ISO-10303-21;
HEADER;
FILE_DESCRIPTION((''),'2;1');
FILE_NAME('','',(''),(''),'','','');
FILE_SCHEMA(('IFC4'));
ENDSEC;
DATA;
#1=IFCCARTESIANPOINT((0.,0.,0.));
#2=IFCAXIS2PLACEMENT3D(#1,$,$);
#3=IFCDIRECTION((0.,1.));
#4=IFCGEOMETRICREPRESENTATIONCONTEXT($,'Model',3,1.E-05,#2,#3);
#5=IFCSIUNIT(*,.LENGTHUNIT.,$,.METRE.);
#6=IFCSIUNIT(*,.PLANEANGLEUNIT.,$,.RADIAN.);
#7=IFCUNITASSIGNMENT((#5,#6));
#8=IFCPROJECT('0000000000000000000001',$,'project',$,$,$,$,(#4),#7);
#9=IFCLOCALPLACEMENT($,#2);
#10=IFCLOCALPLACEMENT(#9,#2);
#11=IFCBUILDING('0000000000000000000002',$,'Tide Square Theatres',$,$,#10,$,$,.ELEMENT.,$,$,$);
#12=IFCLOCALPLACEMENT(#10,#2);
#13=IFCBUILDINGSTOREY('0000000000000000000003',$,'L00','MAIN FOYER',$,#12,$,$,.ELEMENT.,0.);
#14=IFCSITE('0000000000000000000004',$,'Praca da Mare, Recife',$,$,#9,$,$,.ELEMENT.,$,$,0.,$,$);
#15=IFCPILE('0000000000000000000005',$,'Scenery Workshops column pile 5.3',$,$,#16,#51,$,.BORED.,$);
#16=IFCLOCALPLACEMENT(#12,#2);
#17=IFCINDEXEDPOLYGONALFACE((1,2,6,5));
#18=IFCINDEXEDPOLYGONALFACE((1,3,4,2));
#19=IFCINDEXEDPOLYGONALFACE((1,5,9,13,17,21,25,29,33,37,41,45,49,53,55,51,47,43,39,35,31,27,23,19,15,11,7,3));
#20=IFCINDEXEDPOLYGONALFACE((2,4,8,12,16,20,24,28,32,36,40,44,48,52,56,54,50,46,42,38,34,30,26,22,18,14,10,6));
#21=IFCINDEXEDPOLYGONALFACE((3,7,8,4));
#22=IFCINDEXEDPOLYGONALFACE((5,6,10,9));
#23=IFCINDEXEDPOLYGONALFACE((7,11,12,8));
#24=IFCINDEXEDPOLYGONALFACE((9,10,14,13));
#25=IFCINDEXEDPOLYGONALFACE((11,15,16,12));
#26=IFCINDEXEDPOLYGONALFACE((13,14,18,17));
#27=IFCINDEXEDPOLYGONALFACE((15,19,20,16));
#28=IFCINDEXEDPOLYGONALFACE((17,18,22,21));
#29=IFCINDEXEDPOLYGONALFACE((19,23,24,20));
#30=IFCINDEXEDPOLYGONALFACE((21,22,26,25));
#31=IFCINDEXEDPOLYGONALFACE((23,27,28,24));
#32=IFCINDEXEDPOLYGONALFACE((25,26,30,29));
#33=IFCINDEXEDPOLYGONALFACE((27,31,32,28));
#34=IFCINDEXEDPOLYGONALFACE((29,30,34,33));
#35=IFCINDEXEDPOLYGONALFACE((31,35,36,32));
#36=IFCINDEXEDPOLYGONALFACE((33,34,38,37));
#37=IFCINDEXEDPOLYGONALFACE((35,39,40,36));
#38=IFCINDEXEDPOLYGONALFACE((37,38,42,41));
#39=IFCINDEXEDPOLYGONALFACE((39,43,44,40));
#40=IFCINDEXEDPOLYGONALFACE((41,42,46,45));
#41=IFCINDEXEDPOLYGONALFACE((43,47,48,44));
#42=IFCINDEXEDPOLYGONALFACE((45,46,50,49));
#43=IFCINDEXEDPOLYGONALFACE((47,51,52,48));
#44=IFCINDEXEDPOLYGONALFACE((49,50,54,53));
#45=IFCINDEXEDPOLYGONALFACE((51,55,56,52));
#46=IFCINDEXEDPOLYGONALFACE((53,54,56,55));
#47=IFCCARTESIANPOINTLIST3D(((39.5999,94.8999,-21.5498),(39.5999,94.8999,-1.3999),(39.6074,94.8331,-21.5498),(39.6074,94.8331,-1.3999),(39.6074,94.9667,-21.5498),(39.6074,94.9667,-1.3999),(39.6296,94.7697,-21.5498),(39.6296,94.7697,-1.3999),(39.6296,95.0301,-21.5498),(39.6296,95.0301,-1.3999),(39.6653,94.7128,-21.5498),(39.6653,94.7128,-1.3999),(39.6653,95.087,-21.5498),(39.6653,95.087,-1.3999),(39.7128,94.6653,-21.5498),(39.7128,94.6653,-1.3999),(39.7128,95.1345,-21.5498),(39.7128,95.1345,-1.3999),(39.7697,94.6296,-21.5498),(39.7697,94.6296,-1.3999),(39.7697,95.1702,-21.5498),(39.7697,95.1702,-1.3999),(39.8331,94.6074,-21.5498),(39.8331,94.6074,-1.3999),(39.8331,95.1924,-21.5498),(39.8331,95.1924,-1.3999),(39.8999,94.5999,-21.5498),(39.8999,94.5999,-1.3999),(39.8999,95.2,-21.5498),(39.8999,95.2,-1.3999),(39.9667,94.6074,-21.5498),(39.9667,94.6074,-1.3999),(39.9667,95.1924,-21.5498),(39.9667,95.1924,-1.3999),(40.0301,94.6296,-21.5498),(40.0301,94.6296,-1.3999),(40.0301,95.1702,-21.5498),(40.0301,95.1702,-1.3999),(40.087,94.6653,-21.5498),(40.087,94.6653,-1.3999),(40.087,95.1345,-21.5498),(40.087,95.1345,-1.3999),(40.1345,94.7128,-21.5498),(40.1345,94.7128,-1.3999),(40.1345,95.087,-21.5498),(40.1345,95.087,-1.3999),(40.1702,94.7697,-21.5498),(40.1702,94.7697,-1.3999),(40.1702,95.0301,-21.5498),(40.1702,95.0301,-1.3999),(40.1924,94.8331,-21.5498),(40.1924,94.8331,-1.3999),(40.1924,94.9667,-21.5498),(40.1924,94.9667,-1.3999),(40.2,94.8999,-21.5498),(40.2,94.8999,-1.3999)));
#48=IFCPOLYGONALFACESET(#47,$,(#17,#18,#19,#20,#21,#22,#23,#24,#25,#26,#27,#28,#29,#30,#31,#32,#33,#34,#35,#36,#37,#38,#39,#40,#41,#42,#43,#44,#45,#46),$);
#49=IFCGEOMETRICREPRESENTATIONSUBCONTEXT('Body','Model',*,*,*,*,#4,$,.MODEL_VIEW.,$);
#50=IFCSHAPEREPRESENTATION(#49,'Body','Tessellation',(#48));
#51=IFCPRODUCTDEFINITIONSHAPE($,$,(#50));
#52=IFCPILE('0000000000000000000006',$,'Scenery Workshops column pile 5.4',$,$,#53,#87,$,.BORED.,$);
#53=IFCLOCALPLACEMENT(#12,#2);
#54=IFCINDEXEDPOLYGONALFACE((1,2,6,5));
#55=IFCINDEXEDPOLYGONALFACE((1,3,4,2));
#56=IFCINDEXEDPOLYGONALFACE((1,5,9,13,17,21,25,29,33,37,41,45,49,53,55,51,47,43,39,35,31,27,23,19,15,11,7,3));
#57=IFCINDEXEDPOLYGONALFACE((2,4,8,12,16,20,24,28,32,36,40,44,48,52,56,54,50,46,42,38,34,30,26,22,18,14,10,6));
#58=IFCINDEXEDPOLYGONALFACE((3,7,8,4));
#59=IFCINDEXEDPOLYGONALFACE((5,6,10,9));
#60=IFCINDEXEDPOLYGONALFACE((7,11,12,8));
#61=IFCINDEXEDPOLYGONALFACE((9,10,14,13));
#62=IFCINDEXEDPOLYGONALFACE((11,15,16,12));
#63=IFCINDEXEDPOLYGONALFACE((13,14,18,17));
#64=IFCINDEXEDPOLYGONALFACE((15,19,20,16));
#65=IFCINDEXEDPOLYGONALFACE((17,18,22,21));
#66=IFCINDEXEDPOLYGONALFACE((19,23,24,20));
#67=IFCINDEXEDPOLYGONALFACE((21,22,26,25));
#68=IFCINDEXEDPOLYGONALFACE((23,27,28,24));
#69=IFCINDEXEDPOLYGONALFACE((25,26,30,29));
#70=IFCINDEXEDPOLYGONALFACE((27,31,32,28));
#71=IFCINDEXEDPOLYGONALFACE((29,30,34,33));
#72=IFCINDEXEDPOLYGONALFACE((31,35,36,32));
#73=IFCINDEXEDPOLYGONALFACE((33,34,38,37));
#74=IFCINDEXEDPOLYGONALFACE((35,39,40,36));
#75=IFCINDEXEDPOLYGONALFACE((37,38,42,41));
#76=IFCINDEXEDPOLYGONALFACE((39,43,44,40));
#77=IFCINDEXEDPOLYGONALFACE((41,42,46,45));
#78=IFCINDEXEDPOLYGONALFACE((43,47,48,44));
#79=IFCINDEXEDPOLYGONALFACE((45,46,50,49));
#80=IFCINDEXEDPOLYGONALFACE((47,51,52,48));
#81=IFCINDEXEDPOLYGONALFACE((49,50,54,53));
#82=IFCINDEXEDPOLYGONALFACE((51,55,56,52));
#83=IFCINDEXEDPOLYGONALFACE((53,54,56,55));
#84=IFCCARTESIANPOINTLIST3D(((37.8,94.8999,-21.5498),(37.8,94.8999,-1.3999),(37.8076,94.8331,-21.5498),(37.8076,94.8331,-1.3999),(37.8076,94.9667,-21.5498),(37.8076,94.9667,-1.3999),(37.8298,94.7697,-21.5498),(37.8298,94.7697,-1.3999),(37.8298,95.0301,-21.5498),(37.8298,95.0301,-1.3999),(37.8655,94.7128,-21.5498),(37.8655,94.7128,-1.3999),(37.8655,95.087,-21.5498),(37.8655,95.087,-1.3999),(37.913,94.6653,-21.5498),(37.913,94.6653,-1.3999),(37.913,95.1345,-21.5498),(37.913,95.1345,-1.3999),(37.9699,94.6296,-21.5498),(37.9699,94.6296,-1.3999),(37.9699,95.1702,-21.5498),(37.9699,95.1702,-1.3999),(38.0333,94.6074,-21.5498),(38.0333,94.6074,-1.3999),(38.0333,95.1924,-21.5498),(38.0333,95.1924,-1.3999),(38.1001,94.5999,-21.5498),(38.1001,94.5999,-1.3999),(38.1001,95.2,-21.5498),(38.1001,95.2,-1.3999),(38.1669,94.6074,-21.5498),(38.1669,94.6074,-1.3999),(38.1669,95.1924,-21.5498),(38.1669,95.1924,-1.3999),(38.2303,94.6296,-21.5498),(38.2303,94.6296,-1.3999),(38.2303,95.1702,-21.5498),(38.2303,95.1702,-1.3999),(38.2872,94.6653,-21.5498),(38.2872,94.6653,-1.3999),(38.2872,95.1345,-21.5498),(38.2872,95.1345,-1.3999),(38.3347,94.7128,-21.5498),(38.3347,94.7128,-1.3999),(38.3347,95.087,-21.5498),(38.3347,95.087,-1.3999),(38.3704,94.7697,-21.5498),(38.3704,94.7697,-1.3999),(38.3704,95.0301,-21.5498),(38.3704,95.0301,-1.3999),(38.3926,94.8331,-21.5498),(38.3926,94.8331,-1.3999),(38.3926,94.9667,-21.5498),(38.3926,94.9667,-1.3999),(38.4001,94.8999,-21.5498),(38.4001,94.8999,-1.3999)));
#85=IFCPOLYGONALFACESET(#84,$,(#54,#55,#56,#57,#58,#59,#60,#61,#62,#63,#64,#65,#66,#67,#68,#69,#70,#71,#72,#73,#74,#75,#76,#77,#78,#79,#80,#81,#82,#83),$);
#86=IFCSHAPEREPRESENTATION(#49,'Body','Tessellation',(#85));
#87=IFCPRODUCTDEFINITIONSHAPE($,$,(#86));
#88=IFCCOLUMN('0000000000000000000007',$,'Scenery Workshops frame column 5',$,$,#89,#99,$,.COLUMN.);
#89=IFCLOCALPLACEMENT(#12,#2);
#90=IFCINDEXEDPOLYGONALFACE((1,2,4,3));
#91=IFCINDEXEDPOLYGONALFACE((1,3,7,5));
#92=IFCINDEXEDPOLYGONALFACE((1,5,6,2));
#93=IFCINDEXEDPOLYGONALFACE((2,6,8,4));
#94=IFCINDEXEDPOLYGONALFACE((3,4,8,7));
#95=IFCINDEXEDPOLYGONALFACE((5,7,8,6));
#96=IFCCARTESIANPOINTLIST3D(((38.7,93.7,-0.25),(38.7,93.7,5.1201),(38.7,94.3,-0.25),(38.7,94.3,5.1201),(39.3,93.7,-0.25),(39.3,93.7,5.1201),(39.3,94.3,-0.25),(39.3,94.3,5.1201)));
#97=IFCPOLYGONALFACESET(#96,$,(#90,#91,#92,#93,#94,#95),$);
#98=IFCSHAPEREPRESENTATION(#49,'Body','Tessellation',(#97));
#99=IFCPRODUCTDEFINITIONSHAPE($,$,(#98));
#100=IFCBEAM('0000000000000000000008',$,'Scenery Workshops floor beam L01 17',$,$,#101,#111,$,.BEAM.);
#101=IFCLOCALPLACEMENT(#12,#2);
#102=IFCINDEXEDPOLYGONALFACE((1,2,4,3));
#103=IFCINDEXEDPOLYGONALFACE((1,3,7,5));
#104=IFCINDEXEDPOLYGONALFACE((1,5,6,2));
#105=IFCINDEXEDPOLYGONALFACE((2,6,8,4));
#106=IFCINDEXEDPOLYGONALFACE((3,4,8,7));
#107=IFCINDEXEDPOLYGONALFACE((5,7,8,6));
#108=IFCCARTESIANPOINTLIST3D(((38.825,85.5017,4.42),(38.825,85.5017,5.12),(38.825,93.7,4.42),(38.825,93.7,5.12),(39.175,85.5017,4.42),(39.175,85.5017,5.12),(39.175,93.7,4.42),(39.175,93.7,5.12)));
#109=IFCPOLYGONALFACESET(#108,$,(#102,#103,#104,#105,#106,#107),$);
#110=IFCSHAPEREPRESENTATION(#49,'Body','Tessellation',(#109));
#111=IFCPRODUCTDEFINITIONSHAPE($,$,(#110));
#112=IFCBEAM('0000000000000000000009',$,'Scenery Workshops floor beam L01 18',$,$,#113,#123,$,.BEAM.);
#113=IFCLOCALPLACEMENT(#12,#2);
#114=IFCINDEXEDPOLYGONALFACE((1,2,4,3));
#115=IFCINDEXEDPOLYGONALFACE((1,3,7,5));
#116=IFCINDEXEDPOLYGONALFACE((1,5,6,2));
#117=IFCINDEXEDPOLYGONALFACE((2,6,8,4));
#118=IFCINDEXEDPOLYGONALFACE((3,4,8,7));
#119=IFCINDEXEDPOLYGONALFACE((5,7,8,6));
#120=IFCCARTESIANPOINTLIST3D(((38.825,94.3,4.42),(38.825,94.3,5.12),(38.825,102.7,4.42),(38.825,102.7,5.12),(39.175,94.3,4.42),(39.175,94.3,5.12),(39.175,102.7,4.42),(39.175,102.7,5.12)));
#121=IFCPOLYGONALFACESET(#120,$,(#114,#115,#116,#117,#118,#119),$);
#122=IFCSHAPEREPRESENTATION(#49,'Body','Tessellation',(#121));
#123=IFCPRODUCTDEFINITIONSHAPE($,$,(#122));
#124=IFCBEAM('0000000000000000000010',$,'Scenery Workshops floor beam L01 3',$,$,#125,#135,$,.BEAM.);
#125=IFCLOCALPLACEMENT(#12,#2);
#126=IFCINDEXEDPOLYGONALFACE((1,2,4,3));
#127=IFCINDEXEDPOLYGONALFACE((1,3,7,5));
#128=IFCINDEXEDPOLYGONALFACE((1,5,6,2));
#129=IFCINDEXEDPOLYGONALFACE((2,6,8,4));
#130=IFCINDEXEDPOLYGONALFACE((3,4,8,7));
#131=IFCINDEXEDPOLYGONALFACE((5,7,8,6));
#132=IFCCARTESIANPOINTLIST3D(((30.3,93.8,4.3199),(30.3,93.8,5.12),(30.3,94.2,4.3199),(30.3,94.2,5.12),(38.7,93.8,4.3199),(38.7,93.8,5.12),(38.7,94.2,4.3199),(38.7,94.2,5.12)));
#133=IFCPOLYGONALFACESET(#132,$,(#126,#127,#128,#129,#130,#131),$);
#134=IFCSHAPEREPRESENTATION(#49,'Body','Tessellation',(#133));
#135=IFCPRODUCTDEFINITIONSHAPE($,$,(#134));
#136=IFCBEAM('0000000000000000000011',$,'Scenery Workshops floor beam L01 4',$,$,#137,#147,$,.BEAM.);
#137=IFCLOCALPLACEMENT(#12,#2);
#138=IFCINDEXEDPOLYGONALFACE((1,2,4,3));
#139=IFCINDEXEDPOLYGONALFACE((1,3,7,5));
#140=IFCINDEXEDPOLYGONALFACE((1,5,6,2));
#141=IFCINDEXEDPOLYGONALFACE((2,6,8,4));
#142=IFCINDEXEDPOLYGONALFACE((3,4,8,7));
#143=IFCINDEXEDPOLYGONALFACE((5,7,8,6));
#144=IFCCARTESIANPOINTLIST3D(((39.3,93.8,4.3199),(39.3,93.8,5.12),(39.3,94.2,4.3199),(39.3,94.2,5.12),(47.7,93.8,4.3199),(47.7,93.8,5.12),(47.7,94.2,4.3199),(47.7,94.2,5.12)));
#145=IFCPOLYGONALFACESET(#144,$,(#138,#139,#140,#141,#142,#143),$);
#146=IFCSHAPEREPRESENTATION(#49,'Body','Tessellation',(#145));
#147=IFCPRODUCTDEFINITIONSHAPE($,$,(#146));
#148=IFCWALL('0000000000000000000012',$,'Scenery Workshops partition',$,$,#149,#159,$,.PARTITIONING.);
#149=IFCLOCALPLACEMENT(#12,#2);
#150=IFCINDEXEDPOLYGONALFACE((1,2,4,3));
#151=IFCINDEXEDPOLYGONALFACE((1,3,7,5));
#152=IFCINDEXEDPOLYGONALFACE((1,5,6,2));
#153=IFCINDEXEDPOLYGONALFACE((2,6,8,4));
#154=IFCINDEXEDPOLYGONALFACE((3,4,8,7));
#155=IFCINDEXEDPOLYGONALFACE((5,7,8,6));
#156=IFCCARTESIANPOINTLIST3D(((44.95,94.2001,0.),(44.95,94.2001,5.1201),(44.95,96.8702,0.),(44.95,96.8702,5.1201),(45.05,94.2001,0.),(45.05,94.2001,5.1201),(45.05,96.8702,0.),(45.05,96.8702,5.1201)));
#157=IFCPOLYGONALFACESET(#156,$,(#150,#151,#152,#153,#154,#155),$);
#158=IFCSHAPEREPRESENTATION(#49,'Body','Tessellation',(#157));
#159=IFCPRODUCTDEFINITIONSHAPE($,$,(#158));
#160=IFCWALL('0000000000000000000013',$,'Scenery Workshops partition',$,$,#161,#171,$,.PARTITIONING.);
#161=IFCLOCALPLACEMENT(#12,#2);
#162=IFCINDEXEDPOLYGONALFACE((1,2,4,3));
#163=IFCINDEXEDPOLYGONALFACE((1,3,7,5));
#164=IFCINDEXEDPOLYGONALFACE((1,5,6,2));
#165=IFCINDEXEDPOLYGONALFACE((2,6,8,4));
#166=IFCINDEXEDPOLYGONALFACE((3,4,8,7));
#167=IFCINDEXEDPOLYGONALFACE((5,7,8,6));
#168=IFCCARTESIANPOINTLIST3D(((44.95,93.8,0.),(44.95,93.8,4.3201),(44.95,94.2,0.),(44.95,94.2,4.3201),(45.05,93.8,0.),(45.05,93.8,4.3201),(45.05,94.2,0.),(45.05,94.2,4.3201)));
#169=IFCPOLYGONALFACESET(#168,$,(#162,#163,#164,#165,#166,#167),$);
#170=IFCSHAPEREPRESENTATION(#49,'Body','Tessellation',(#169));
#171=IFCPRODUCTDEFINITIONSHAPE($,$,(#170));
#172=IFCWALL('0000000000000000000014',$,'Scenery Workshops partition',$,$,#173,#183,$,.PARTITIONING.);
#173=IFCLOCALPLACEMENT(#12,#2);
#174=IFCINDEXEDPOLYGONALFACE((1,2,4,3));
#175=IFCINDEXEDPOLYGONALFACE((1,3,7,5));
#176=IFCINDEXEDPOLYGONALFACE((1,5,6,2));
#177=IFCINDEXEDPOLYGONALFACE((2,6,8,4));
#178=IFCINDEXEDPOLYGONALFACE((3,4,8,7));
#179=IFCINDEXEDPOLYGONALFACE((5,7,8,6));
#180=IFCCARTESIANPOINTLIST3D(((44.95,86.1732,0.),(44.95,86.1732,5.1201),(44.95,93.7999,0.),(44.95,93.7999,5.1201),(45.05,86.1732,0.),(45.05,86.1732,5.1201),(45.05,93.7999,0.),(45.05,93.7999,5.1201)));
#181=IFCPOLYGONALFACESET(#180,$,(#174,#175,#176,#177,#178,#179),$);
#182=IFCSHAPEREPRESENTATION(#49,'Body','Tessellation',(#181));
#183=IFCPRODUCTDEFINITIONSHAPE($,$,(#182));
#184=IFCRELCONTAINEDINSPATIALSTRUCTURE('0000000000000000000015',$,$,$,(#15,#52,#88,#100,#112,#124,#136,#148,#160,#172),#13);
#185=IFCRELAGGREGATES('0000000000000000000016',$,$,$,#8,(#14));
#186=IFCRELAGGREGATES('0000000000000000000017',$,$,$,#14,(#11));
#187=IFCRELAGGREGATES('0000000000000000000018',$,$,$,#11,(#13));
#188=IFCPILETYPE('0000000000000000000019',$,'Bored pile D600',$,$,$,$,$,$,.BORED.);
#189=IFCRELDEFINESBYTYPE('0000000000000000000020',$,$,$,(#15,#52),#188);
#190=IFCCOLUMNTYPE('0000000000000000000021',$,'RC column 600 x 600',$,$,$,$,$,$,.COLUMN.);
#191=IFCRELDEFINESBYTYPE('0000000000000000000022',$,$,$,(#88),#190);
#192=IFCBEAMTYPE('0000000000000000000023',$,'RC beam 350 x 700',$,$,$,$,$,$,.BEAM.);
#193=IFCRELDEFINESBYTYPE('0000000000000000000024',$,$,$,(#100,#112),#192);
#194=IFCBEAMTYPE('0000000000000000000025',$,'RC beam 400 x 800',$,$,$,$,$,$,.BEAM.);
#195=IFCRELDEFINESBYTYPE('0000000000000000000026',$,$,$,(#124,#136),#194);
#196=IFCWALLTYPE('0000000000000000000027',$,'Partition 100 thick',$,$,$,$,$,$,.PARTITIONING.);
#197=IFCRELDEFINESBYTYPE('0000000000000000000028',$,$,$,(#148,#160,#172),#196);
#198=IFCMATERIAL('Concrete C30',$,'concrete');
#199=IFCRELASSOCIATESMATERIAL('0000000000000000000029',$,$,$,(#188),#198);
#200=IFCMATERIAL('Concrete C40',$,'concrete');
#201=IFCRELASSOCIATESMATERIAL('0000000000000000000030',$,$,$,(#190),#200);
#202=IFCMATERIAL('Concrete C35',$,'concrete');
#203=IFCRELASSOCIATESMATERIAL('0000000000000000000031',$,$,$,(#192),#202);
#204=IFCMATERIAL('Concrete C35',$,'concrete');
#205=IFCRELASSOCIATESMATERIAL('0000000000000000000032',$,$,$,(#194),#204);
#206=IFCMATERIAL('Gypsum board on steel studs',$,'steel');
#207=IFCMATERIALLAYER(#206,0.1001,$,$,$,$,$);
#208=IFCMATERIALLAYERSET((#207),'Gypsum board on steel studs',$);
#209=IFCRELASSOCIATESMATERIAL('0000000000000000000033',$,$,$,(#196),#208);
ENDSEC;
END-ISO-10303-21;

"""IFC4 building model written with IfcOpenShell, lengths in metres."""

from ifc_helpers import new_model, si_unit, direction, frame, frame_2d, origin, origin_2d, place, context, subcontext, project, spatial, rectangle, circle, extrude, material, layer, layer_set, material_profile, profile_set, type_object, element, save


model = new_model("IFC4")

# Units and contexts
model_context = context("Model", 3, precision=1e-05, world=origin(), true_north=direction((0.0, 1.0)))
body_context = subcontext(model_context, "Body", "Model", "MODEL_VIEW")
ifc_project = project(units=[si_unit("LENGTHUNIT", "METRE"), si_unit("PLANEANGLEUNIT", "RADIAN")], contexts=[model_context])

# Site, building, storey
site_placement = place(None, origin())
site = spatial("IfcSite", under=ifc_project, at=site_placement, Name="Praca da Mare, Recife", CompositionType="ELEMENT", RefElevation=0.0)
building_placement = place(site_placement, origin())
building = spatial("IfcBuilding", under=site, at=building_placement, Name="Tide Square Theatres", CompositionType="ELEMENT")
storey_placement = place(building_placement, origin())
storey = spatial("IfcBuildingStorey", under=building, at=storey_placement, Name="L00", Description="MAIN FOYER", CompositionType="ELEMENT", Elevation=0.0)

# Piles
ifc_material_1 = material(Name="Concrete C30", Category="concrete")
ifc_material_profile_1 = material_profile(ifc_material_1, circle(Radius=0.3, at=origin_2d()))
ifc_profile_set_1 = profile_set([ifc_material_profile_1], Name="Concrete C30")
pile_type = type_object("IfcPileType", Name="Bored pile D600", PredefinedType="BORED", material=ifc_profile_set_1)
for number, where, z_axis, x_axis, name in (
    (1, (39.8999, 94.8999, -1.3999), (0.0, 0.0, -1.0), (1.0, 0.0, 0.0), "Scenery Workshops column pile 5.3"),
    (2, (38.1001, 94.8999, -1.3999), (0.0, 0.0, -1.0), (1.0, 0.0, 0.0), "Scenery Workshops column pile 5.4"),
):
    element("IfcPile", number, at=place(storey_placement, frame(where, z_axis=z_axis, x_axis=x_axis)), inside=storey, type_object=pile_type, Name=name, PredefinedType="BORED", context=body_context, shape_type="SweptSolid", body=[
        extrude(circle(Radius=0.3, at=origin_2d()), origin(), (0.0, 0.0, 1.0), 20.1499),
    ])

# Column
ifc_material_2 = material(Name="Concrete C40", Category="concrete")
ifc_material_profile_2 = material_profile(ifc_material_2, rectangle(XDim=0.6001, YDim=0.6001, at=origin_2d()))
ifc_profile_set_2 = profile_set([ifc_material_profile_2], Name="Concrete C40")
column_type = type_object("IfcColumnType", Name="RC column 600 x 600", PredefinedType="COLUMN", material=ifc_profile_set_2)
column_placement = place(storey_placement, frame((39.0, 94.0, -0.25), z_axis=(0.0, 0.0, 1.0), x_axis=(1.0, 0.0, 0.0)))
element("IfcColumn", 3, at=column_placement, inside=storey, type_object=column_type, Name="Scenery Workshops frame column 5", PredefinedType="COLUMN", context=body_context, shape_type="SweptSolid", body=[
    extrude(rectangle(XDim=0.6001, YDim=0.6001, at=origin_2d()), origin(), (0.0, 0.0, 1.0), 5.3701),
])

# Beams
ifc_material_3 = material(Name="Concrete C35", Category="concrete")
ifc_material_profile_3 = material_profile(ifc_material_3, rectangle(XDim=0.3501, YDim=0.7, at=origin_2d()))
ifc_profile_set_3 = profile_set([ifc_material_profile_3], Name="Concrete C35")
beam_type_1 = type_object("IfcBeamType", Name="RC beam 350 x 700", PredefinedType="BEAM", material=ifc_profile_set_3)
beam_1_placement = place(storey_placement, frame((39.0, 85.5017, 4.77), z_axis=(0.0, 1.0, 0.0), x_axis=(-1.0, 0.0, 0.0)))
element("IfcBeam", 4, at=beam_1_placement, inside=storey, type_object=beam_type_1, Name="Scenery Workshops floor beam L01 17", PredefinedType="BEAM", context=body_context, shape_type="SweptSolid", body=[
    extrude(rectangle(XDim=0.3501, YDim=0.7, at=origin_2d()), origin(), (0.0, 0.0, 1.0), 8.1982),
])
beam_2_placement = place(storey_placement, frame((39.0, 94.3, 4.77), z_axis=(0.0, 1.0, 0.0), x_axis=(-1.0, 0.0, 0.0)))
element("IfcBeam", 5, at=beam_2_placement, inside=storey, type_object=beam_type_1, Name="Scenery Workshops floor beam L01 18", PredefinedType="BEAM", context=body_context, shape_type="SweptSolid", body=[
    extrude(rectangle(XDim=0.3501, YDim=0.7, at=origin_2d()), origin(), (0.0, 0.0, 1.0), 8.3999),
])
ifc_material_4 = material(Name="Concrete C35", Category="concrete")
ifc_material_profile_4 = material_profile(ifc_material_4, rectangle(XDim=0.3999, YDim=0.8, at=origin_2d()))
ifc_profile_set_4 = profile_set([ifc_material_profile_4], Name="Concrete C35")
beam_type_2 = type_object("IfcBeamType", Name="RC beam 400 x 800", PredefinedType="BEAM", material=ifc_profile_set_4)
for number, where, z_axis, x_axis, name in (
    (6, (30.3, 94.0, 4.72), (1.0, 0.0, 0.0), (0.0, 1.0, 0.0), "Scenery Workshops floor beam L01 3"),
    (7, (39.3, 94.0, 4.72), (1.0, 0.0, 0.0), (0.0, 1.0, 0.0), "Scenery Workshops floor beam L01 4"),
):
    element("IfcBeam", number, at=place(storey_placement, frame(where, z_axis=z_axis, x_axis=x_axis)), inside=storey, type_object=beam_type_2, Name=name, PredefinedType="BEAM", context=body_context, shape_type="SweptSolid", body=[
        extrude(rectangle(XDim=0.3999, YDim=0.8, at=origin_2d()), origin(), (0.0, 0.0, 1.0), 8.3999),
    ])

# Walls
ifc_material_5 = material(Name="Gypsum board on steel studs", Category="steel")
ifc_layer_1 = layer(ifc_material_5, 0.1001)
ifc_layer_set_1 = layer_set([ifc_layer_1], Name="Gypsum board on steel studs")
wall_type_1 = type_object("IfcWallType", Name="Partition 100 thick", PredefinedType="PARTITIONING", material=ifc_layer_set_1)
wall_1_placement = place(storey_placement, frame((45.0, 96.8701, 0.0), z_axis=(0.0, 0.0, 1.0), x_axis=(0.0, -1.0, 0.0)))
element("IfcWall", 8, at=wall_1_placement, inside=storey, type_object=wall_type_1, Name="Scenery Workshops partition", PredefinedType="PARTITIONING", context=body_context, shape_type="SweptSolid", body=[
    extrude(rectangle(XDim=2.6702, YDim=0.1001, at=frame_2d((1.335, 0.0))), origin(), (0.0, 0.0, 1.0), 5.1201),
])
wall_2_placement = place(storey_placement, frame((45.0, 94.2, 0.0), z_axis=(0.0, 0.0, 1.0), x_axis=(0.0, -1.0, 0.0)))
element("IfcWall", 9, at=wall_2_placement, inside=storey, type_object=wall_type_1, Name="Scenery Workshops partition", PredefinedType="PARTITIONING", context=body_context, shape_type="SweptSolid", body=[
    extrude(rectangle(XDim=0.3999, YDim=0.1001, at=frame_2d((0.2, 0.0))), origin(), (0.0, 0.0, 1.0), 4.3201),
])
wall_3_placement = place(storey_placement, frame((45.0, 93.8, 0.0), z_axis=(0.0, 0.0, 1.0), x_axis=(0.0, -1.0, 0.0)))
element("IfcWall", 10, at=wall_3_placement, inside=storey, type_object=wall_type_1, Name="Scenery Workshops partition", PredefinedType="PARTITIONING", context=body_context, shape_type="SweptSolid", body=[
    extrude(rectangle(XDim=7.6267, YDim=0.1001, at=frame_2d((3.8135, 0.0))), origin(), (0.0, 0.0, 1.0), 5.1201),
])

save(model, "model.ifc")
